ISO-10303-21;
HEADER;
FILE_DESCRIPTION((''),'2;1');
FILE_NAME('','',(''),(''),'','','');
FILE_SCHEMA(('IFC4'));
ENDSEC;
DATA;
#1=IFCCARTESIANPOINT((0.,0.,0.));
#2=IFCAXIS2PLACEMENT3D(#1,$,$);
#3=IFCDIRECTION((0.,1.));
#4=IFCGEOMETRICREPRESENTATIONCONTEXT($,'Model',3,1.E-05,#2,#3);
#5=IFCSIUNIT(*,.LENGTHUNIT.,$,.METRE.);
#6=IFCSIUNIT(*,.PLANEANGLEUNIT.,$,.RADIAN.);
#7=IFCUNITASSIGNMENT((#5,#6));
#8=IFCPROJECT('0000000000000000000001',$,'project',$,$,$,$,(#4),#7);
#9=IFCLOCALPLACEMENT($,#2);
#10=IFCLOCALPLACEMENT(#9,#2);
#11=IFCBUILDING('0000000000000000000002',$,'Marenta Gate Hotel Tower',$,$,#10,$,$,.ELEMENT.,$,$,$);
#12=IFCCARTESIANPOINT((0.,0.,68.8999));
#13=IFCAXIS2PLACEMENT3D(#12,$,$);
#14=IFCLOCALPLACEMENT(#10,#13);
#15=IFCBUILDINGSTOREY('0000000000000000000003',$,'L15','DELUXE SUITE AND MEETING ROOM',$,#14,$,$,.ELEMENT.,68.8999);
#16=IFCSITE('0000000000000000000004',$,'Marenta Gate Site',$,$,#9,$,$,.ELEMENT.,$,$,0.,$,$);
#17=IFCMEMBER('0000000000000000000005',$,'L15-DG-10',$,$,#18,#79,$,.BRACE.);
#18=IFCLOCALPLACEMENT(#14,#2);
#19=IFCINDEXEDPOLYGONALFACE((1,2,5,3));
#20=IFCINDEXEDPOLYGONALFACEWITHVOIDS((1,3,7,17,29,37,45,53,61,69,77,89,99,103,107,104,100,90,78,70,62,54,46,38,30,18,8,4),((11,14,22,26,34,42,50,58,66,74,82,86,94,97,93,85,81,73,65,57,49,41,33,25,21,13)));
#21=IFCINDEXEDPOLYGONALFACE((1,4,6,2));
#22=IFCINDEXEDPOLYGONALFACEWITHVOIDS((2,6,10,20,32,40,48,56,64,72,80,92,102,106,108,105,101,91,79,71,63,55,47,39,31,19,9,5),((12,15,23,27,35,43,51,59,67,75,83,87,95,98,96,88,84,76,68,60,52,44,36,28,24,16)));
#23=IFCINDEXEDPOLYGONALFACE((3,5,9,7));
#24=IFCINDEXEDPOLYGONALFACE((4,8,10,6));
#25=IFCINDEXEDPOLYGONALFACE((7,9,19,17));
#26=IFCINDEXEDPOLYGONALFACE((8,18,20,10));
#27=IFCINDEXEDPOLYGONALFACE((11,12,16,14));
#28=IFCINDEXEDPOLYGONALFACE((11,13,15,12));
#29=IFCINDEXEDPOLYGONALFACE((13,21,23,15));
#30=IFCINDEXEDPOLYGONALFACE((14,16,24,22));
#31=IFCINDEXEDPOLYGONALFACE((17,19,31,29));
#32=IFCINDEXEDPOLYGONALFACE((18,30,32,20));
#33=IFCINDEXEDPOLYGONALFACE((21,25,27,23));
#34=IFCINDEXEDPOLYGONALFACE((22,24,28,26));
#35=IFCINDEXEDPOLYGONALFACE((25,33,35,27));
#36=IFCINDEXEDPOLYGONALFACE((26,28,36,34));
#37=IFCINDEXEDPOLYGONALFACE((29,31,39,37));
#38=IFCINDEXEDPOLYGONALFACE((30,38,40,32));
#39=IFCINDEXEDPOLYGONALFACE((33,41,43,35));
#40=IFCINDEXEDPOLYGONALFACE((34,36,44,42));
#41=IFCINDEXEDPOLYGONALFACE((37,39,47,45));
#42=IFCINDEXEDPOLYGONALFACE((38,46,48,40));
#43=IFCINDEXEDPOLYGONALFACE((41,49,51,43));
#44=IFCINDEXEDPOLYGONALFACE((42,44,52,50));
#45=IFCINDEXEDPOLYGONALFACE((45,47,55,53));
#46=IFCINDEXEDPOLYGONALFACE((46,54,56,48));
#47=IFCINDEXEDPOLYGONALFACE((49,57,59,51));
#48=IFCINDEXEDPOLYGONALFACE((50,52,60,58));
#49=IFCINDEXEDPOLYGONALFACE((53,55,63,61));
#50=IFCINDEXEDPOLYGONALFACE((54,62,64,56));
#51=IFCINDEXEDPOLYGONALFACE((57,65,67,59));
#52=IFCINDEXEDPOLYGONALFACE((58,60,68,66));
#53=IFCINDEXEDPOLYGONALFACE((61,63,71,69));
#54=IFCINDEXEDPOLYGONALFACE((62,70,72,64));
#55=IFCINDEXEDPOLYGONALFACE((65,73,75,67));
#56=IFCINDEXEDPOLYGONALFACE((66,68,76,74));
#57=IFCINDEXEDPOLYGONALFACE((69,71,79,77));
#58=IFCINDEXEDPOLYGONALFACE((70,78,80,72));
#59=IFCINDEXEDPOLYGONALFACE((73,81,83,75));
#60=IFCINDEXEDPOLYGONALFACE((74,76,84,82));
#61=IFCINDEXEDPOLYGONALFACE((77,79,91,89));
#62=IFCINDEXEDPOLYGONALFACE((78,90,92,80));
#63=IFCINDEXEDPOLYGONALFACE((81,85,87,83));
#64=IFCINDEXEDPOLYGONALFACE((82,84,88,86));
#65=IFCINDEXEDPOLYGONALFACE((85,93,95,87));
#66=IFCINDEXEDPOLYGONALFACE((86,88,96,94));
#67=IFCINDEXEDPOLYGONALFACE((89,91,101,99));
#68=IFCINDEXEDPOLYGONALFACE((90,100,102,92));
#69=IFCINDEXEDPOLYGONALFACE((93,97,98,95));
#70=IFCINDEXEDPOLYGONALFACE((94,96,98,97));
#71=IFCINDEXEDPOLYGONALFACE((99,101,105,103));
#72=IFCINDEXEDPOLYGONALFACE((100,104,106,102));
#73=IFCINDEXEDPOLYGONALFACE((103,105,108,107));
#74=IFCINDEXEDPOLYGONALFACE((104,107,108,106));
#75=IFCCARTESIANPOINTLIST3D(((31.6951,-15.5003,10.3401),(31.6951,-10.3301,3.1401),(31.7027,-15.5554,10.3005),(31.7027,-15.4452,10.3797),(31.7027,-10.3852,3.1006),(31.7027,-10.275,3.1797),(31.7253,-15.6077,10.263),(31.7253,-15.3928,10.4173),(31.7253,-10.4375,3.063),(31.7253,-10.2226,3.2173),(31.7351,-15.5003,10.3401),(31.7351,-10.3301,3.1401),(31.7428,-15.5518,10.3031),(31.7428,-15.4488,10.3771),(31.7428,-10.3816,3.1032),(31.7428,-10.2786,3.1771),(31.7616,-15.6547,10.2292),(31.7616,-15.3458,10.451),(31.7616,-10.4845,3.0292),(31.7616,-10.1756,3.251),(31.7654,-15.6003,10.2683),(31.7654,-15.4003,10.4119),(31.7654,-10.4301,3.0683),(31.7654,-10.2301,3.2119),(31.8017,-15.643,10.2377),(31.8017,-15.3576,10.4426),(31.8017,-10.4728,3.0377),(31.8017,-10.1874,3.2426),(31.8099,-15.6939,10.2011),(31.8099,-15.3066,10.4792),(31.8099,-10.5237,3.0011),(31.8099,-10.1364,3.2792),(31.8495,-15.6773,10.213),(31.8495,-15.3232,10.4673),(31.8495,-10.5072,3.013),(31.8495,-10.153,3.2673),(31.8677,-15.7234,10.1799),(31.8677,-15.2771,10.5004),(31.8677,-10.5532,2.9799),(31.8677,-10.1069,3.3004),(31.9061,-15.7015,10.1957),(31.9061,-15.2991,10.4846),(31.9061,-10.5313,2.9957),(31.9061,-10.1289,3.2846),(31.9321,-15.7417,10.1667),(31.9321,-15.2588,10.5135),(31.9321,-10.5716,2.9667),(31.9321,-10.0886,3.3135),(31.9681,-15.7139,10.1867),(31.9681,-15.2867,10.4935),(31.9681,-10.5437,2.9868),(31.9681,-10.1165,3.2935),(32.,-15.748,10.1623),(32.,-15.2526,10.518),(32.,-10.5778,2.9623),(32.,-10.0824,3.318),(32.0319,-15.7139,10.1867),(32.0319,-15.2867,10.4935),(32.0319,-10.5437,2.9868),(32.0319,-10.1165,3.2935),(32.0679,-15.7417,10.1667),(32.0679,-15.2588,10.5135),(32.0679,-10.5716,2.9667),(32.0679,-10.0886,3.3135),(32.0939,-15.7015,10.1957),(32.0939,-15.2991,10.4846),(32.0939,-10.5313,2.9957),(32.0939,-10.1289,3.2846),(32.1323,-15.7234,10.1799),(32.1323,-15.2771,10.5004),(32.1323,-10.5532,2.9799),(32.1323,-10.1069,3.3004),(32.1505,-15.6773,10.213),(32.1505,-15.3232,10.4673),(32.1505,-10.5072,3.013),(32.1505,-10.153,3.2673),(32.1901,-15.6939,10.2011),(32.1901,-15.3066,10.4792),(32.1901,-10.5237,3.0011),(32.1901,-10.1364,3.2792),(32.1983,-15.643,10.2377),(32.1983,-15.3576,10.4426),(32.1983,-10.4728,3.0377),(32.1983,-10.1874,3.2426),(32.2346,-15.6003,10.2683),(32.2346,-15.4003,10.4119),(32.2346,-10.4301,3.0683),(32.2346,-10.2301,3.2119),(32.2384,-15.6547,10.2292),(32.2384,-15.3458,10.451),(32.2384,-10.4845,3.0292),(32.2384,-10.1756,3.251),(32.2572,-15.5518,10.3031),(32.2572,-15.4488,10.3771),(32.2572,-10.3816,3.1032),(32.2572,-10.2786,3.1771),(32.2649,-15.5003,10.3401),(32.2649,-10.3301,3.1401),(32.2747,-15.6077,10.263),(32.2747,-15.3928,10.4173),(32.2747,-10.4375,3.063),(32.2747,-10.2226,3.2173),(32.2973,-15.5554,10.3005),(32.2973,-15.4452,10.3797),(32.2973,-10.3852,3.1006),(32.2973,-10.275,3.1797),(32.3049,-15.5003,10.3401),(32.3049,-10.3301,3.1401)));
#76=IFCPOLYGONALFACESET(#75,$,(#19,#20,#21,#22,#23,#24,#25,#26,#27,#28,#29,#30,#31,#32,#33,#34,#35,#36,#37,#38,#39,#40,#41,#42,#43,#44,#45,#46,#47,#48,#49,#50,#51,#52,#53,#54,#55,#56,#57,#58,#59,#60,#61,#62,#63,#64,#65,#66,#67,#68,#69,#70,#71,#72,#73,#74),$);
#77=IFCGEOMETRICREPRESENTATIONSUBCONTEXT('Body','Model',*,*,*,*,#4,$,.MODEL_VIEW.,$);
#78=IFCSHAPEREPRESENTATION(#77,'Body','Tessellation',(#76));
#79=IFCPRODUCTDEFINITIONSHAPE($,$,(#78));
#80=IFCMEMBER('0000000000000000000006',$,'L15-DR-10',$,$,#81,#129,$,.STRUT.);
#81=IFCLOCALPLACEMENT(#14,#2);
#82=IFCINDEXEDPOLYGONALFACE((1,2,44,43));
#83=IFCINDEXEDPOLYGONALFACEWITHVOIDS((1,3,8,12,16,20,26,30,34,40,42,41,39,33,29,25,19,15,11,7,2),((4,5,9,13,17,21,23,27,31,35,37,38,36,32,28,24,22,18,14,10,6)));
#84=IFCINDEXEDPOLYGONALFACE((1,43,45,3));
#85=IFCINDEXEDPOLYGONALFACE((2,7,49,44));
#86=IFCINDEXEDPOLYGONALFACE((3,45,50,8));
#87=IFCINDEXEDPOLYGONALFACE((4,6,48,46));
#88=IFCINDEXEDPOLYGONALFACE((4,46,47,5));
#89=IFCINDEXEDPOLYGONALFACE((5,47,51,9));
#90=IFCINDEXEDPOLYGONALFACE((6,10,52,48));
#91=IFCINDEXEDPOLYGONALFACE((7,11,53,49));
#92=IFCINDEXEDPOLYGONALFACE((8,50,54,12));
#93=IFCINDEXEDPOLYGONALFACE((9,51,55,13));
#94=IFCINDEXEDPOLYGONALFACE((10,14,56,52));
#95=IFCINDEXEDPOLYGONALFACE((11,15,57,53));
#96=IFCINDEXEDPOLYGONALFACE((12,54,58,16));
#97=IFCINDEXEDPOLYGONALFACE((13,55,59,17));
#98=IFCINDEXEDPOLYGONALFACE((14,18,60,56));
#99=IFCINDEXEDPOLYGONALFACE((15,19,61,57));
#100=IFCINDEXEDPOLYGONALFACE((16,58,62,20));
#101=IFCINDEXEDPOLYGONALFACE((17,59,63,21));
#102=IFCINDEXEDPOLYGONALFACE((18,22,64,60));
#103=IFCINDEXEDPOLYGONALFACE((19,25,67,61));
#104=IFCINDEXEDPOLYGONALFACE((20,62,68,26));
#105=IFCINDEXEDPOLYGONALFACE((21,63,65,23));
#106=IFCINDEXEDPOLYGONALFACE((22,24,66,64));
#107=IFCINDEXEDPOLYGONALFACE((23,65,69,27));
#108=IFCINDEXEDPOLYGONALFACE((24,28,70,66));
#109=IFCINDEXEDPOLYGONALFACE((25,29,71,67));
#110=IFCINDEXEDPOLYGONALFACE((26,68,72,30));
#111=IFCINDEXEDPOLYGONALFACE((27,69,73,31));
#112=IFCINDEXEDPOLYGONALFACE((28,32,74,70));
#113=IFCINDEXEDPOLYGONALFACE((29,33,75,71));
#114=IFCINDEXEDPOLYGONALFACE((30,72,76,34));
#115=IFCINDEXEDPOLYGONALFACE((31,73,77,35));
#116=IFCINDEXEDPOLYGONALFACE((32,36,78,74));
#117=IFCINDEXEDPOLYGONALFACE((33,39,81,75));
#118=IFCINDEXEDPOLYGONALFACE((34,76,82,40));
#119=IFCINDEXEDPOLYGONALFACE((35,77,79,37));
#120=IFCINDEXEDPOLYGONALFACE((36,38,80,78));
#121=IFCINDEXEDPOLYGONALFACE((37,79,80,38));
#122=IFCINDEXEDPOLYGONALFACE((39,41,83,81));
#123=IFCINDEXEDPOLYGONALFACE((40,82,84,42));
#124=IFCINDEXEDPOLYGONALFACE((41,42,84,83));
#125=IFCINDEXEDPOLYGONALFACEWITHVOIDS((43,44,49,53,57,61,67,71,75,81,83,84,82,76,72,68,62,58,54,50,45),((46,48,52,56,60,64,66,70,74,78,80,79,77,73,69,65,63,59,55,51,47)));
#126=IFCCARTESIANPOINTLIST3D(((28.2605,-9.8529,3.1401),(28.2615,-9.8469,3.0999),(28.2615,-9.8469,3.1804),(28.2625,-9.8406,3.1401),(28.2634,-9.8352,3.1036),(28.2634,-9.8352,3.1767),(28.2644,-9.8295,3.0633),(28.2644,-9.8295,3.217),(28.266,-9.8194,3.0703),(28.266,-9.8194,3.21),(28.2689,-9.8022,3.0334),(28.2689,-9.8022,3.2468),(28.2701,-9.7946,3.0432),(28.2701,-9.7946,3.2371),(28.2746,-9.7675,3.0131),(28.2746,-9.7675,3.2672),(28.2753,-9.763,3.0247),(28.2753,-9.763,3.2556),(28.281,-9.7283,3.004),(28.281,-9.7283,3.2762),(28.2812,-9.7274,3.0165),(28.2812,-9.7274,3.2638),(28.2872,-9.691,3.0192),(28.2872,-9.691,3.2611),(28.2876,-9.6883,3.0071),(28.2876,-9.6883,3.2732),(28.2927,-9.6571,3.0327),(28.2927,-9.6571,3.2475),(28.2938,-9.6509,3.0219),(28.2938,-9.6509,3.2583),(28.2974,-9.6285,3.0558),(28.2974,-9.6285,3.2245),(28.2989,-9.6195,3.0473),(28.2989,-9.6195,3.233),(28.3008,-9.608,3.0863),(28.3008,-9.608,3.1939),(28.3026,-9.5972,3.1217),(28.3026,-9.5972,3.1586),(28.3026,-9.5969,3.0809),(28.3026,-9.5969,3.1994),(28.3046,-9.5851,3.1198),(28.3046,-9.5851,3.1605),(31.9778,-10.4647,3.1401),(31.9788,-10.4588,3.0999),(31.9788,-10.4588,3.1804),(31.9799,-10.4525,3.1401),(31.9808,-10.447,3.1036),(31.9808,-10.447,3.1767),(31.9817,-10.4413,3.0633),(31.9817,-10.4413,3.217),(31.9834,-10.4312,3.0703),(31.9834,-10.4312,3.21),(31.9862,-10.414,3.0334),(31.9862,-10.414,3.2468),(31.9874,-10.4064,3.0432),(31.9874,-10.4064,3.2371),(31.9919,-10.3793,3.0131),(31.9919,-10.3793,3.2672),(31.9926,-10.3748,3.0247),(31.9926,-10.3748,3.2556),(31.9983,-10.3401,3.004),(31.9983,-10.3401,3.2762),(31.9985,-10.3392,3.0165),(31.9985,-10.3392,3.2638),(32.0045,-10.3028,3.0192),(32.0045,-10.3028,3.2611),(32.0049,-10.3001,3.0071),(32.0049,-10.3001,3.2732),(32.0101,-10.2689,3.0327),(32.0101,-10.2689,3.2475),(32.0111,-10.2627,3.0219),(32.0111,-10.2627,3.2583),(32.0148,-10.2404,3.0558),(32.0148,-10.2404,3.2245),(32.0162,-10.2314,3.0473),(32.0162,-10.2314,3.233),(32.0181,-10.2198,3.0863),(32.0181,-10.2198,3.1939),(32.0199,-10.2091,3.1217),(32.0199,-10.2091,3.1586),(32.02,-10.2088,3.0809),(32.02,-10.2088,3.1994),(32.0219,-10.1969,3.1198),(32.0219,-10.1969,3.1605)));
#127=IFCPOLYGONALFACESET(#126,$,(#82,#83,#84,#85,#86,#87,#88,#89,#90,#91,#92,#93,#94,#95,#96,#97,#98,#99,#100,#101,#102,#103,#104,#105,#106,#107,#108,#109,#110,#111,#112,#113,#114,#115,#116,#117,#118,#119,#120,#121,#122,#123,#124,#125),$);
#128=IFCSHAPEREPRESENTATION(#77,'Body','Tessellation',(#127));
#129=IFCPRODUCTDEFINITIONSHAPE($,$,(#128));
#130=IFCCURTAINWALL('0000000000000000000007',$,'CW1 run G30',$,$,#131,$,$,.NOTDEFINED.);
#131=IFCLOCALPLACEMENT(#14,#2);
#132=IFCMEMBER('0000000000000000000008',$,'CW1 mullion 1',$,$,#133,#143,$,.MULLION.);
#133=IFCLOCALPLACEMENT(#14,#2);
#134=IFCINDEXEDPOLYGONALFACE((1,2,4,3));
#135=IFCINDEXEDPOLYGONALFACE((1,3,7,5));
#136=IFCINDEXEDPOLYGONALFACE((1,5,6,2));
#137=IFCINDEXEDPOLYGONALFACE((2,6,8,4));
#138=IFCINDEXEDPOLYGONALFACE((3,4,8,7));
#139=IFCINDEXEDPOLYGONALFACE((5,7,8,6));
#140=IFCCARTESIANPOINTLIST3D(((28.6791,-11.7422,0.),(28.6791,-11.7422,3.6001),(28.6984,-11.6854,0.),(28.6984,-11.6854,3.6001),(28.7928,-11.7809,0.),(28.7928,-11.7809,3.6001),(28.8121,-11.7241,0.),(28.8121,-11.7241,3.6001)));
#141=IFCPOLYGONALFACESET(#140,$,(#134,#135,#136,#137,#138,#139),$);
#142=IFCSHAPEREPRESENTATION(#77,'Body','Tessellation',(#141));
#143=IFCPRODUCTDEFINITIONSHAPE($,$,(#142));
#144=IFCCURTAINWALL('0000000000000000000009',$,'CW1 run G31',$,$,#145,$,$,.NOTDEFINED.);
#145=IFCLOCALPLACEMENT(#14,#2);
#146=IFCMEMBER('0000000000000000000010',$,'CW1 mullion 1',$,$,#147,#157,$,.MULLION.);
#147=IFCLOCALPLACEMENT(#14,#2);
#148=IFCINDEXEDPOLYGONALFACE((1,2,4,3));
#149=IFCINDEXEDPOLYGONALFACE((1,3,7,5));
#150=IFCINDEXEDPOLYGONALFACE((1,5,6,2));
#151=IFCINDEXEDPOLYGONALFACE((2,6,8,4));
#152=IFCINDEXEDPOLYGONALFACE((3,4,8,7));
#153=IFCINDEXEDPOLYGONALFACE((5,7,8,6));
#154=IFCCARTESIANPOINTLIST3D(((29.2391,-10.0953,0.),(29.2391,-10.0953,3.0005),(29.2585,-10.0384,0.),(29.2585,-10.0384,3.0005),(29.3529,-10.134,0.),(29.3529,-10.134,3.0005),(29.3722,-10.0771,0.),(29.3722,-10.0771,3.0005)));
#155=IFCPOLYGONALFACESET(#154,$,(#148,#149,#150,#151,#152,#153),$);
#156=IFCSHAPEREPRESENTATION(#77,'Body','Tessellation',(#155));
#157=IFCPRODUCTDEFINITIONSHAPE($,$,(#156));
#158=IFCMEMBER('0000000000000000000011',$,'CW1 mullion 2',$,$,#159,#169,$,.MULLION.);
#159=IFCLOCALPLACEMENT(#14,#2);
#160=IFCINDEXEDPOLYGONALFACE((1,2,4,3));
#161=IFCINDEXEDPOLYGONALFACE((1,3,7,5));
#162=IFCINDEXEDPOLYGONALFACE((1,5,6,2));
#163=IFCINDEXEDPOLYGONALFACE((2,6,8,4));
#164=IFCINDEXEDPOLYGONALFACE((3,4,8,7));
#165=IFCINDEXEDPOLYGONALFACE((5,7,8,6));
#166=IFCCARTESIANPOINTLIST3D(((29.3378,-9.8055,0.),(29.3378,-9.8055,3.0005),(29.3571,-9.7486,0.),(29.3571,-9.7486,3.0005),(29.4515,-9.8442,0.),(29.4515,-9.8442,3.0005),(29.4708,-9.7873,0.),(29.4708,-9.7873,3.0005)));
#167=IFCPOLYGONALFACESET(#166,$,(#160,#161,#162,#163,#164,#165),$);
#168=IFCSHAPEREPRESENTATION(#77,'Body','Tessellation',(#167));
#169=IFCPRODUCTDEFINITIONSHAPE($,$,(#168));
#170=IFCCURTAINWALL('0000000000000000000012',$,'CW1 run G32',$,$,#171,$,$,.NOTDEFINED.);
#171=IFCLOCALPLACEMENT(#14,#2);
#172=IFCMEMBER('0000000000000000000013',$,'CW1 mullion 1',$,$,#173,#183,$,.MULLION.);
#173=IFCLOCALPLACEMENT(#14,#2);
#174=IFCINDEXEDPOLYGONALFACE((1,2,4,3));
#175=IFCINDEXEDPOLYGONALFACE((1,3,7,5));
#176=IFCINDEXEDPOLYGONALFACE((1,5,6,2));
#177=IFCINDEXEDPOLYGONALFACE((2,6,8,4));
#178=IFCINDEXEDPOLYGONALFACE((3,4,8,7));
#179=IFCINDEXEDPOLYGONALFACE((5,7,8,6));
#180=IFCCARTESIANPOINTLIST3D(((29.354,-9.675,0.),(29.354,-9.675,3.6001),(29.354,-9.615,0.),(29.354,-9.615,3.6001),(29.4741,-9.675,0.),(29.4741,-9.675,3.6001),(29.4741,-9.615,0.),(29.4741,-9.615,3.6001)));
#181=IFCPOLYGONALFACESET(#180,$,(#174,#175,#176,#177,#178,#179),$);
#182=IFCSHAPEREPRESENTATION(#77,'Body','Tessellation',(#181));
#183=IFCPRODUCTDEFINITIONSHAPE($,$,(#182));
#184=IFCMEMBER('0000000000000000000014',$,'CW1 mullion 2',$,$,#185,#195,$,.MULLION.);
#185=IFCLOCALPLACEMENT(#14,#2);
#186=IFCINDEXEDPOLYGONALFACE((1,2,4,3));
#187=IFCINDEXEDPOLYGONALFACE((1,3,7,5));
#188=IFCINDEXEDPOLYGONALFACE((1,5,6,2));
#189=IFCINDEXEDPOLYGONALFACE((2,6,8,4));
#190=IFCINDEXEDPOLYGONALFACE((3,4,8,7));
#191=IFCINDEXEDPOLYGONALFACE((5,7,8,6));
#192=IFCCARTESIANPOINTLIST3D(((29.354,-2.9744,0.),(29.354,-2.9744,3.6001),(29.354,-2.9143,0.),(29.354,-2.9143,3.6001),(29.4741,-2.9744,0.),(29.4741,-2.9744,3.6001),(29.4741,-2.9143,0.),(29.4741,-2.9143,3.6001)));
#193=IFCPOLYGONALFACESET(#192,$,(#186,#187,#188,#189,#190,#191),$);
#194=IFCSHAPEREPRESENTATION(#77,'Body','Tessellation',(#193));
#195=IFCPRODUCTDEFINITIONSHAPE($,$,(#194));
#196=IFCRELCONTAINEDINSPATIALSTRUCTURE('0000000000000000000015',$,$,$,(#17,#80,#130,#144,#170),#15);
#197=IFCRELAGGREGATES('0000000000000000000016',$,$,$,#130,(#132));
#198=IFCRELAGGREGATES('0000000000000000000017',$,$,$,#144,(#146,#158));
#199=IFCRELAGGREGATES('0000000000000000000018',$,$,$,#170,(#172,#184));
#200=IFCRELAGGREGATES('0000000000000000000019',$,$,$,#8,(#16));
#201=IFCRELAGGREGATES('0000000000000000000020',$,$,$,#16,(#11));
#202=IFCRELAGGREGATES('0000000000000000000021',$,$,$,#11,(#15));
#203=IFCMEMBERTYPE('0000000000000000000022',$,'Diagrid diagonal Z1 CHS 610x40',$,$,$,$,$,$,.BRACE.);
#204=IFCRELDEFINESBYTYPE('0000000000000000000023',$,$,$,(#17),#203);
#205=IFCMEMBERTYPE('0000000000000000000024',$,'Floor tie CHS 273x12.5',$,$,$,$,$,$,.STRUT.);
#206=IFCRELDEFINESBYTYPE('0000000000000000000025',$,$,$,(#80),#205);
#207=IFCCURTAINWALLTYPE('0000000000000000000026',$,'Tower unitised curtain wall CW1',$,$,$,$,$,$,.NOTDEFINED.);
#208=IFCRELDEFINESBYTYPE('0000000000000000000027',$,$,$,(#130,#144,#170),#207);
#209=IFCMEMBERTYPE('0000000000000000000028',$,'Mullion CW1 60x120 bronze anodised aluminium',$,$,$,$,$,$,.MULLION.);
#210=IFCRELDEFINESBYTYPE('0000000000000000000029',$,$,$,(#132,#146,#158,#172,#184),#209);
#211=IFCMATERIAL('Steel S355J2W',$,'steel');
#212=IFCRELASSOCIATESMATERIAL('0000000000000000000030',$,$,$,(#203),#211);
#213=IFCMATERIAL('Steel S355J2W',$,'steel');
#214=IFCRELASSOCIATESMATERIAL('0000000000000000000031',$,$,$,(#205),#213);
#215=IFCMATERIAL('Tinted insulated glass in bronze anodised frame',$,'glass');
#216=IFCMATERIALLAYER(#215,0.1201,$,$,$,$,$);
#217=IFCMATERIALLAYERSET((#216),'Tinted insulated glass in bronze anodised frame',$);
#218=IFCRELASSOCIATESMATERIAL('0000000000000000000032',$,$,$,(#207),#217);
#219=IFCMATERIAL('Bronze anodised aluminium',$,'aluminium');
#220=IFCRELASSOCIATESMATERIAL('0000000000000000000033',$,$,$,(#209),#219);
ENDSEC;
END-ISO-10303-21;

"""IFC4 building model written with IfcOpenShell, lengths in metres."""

from ifc_helpers import new_model, si_unit, direction, frame, origin, origin_2d, place, context, subcontext, project, spatial, rectangle, hollow_circle, extrude, material, layer, layer_set, material_profile, profile_set, type_object, element, aggregate, save


model = new_model("IFC4")

# Units and contexts
model_context = context("Model", 3, precision=1e-05, world=origin(), true_north=direction((0.0, 1.0)))
body_context = subcontext(model_context, "Body", "Model", "MODEL_VIEW")
ifc_project = project(units=[si_unit("LENGTHUNIT", "METRE"), si_unit("PLANEANGLEUNIT", "RADIAN")], contexts=[model_context])

# Site, building, storey
site_placement = place(None, origin())
site = spatial("IfcSite", under=ifc_project, at=site_placement, Name="Marenta Gate Site", CompositionType="ELEMENT", RefElevation=0.0)
building_placement = place(site_placement, origin())
building = spatial("IfcBuilding", under=site, at=building_placement, Name="Marenta Gate Hotel Tower", CompositionType="ELEMENT")
storey_placement = place(building_placement, frame((0.0, 0.0, 68.8999)))
storey = spatial("IfcBuildingStorey", under=building, at=storey_placement, Name="L15", Description="DELUXE SUITE AND MEETING ROOM", CompositionType="ELEMENT", Elevation=68.8999)

# Members
ifc_material_1 = material(Name="Steel S355J2W", Category="steel")
ifc_material_profile_1 = material_profile(ifc_material_1, hollow_circle(Radius=0.3049, WallThickness=0.04, at=origin_2d()), Name="CHS 610x40")
ifc_profile_set_1 = profile_set([ifc_material_profile_1], Name="Steel S355J2W")
member_type_1 = type_object("IfcMemberType", Name="Diagrid diagonal Z1 CHS 610x40", PredefinedType="BRACE", material=ifc_profile_set_1)
member_1_placement = place(storey_placement, frame((32.0, -10.3301, 3.1401), z_axis=(0.0, -0.583279, 0.812272), x_axis=(1.0, 0.0, 0.0)))
element("IfcMember", 1, at=member_1_placement, inside=storey, type_object=member_type_1, Name="L15-DG-10", PredefinedType="BRACE", context=body_context, shape_type="SweptSolid", body=[
    extrude(hollow_circle(Radius=0.3049, WallThickness=0.04, at=origin_2d()), origin(), (0.0, 0.0, 1.0), 8.864),
])
ifc_material_2 = material(Name="Steel S355J2W", Category="steel")
ifc_material_profile_2 = material_profile(ifc_material_2, hollow_circle(Radius=0.1365, WallThickness=0.0125, at=origin_2d()), Name="CHS 273x12.5")
ifc_profile_set_2 = profile_set([ifc_material_profile_2], Name="Steel S355J2W")
member_type_2 = type_object("IfcMemberType", Name="Floor tie CHS 273x12.5", PredefinedType="STRUT", material=ifc_profile_set_2)
member_2_placement = place(storey_placement, frame((32.0, -10.3301, 3.1401), z_axis=(-0.986725, 0.162402, 0.0), x_axis=(-0.162402, -0.986725, 0.0)))
element("IfcMember", 2, at=member_2_placement, inside=storey, type_object=member_type_2, Name="L15-DR-10", PredefinedType="STRUT", context=body_context, shape_type="SweptSolid", body=[
    extrude(hollow_circle(Radius=0.1365, WallThickness=0.0125, at=origin_2d()), origin(), (0.0, 0.0, 1.0), 3.7673),
])

# Curtain wall, member
ifc_material_3 = material(Name="Tinted insulated glass in bronze anodised frame", Category="glass")
ifc_layer_1 = layer(ifc_material_3, 0.1201)
ifc_layer_set_1 = layer_set([ifc_layer_1], Name="Tinted insulated glass in bronze anodised frame")
curtain_wall_type = type_object("IfcCurtainWallType", Name="Tower unitised curtain wall CW1", PredefinedType="NOTDEFINED", material=ifc_layer_set_1)
curtain_wall_1_placement = place(storey_placement, origin())
curtain_wall_1 = element("IfcCurtainWall", 3, at=curtain_wall_1_placement, inside=storey, type_object=curtain_wall_type, Name="CW1 run G30", PredefinedType="NOTDEFINED")
ifc_material_4 = material(Name="Bronze anodised aluminium", Category="aluminium")
ifc_material_profile_3 = material_profile(ifc_material_4, rectangle(XDim=0.1201, YDim=0.0601, at=origin_2d()), Name="Mullion CW1 60x120 bronze anodised aluminium")
ifc_profile_set_3 = profile_set([ifc_material_profile_3], Name="Bronze anodised aluminium")
member_type_3 = type_object("IfcMemberType", Name="Mullion CW1 60x120 bronze anodised aluminium", PredefinedType="MULLION", material=ifc_profile_set_3)
member_3_placement = place(storey_placement, frame((28.7456, -11.7332, 0.0), z_axis=(0.0, 0.0, 1.0), x_axis=(-0.946728, 0.322034, 0.0)))
member_3 = element("IfcMember", 4, at=member_3_placement, type_object=member_type_3, Name="CW1 mullion 1", PredefinedType="MULLION", context=body_context, shape_type="SweptSolid", body=[
    extrude(rectangle(XDim=0.1201, YDim=0.0601, at=origin_2d()), origin(), (0.0, 0.0, 1.0), 3.6001),
])

# Curtain walls, members
curtain_wall_2_placement = place(storey_placement, origin())
curtain_wall_2 = element("IfcCurtainWall", 5, at=curtain_wall_2_placement, inside=storey, type_object=curtain_wall_type, Name="CW1 run G31", PredefinedType="NOTDEFINED")
member_4_placement = place(storey_placement, frame((29.3057, -10.0862, 0.0), z_axis=(0.0, 0.0, 1.0), x_axis=(-0.946726, 0.32204, 0.0)))
member_4 = element("IfcMember", 6, at=member_4_placement, type_object=member_type_3, Name="CW1 mullion 1", PredefinedType="MULLION", context=body_context, shape_type="SweptSolid", body=[
    extrude(rectangle(XDim=0.1201, YDim=0.0601, at=origin_2d()), origin(), (0.0, 0.0, 1.0), 3.0005),
])
member_5_placement = place(storey_placement, frame((29.4043, -9.7964, 0.0), z_axis=(0.0, 0.0, 1.0), x_axis=(-0.946726, 0.32204, 0.0)))
member_5 = element("IfcMember", 7, at=member_5_placement, type_object=member_type_3, Name="CW1 mullion 2", PredefinedType="MULLION", context=body_context, shape_type="SweptSolid", body=[
    extrude(rectangle(XDim=0.1201, YDim=0.0601, at=origin_2d()), origin(), (0.0, 0.0, 1.0), 3.0005),
])
curtain_wall_3_placement = place(storey_placement, origin())
curtain_wall_3 = element("IfcCurtainWall", 8, at=curtain_wall_3_placement, inside=storey, type_object=curtain_wall_type, Name="CW1 run G32", PredefinedType="NOTDEFINED")
member_6_placement = place(storey_placement, frame((29.4141, -9.645, 0.0), z_axis=(0.0, 0.0, 1.0), x_axis=(-1.0, 0.0, 0.0)))
member_6 = element("IfcMember", 9, at=member_6_placement, type_object=member_type_3, Name="CW1 mullion 1", PredefinedType="MULLION", context=body_context, shape_type="SweptSolid", body=[
    extrude(rectangle(XDim=0.1201, YDim=0.0601, at=origin_2d()), origin(), (0.0, 0.0, 1.0), 3.6001),
])
member_7_placement = place(storey_placement, frame((29.4141, -2.9443, 0.0), z_axis=(0.0, 0.0, 1.0), x_axis=(-1.0, 0.0, 0.0)))
member_7 = element("IfcMember", 10, at=member_7_placement, type_object=member_type_3, Name="CW1 mullion 2", PredefinedType="MULLION", context=body_context, shape_type="SweptSolid", body=[
    extrude(rectangle(XDim=0.1201, YDim=0.0601, at=origin_2d()), origin(), (0.0, 0.0, 1.0), 3.6001),
])

aggregate(curtain_wall_1, [member_3])
aggregate(curtain_wall_2, [member_4, member_5])
aggregate(curtain_wall_3, [member_6, member_7])

save(model, "model.ifc")
